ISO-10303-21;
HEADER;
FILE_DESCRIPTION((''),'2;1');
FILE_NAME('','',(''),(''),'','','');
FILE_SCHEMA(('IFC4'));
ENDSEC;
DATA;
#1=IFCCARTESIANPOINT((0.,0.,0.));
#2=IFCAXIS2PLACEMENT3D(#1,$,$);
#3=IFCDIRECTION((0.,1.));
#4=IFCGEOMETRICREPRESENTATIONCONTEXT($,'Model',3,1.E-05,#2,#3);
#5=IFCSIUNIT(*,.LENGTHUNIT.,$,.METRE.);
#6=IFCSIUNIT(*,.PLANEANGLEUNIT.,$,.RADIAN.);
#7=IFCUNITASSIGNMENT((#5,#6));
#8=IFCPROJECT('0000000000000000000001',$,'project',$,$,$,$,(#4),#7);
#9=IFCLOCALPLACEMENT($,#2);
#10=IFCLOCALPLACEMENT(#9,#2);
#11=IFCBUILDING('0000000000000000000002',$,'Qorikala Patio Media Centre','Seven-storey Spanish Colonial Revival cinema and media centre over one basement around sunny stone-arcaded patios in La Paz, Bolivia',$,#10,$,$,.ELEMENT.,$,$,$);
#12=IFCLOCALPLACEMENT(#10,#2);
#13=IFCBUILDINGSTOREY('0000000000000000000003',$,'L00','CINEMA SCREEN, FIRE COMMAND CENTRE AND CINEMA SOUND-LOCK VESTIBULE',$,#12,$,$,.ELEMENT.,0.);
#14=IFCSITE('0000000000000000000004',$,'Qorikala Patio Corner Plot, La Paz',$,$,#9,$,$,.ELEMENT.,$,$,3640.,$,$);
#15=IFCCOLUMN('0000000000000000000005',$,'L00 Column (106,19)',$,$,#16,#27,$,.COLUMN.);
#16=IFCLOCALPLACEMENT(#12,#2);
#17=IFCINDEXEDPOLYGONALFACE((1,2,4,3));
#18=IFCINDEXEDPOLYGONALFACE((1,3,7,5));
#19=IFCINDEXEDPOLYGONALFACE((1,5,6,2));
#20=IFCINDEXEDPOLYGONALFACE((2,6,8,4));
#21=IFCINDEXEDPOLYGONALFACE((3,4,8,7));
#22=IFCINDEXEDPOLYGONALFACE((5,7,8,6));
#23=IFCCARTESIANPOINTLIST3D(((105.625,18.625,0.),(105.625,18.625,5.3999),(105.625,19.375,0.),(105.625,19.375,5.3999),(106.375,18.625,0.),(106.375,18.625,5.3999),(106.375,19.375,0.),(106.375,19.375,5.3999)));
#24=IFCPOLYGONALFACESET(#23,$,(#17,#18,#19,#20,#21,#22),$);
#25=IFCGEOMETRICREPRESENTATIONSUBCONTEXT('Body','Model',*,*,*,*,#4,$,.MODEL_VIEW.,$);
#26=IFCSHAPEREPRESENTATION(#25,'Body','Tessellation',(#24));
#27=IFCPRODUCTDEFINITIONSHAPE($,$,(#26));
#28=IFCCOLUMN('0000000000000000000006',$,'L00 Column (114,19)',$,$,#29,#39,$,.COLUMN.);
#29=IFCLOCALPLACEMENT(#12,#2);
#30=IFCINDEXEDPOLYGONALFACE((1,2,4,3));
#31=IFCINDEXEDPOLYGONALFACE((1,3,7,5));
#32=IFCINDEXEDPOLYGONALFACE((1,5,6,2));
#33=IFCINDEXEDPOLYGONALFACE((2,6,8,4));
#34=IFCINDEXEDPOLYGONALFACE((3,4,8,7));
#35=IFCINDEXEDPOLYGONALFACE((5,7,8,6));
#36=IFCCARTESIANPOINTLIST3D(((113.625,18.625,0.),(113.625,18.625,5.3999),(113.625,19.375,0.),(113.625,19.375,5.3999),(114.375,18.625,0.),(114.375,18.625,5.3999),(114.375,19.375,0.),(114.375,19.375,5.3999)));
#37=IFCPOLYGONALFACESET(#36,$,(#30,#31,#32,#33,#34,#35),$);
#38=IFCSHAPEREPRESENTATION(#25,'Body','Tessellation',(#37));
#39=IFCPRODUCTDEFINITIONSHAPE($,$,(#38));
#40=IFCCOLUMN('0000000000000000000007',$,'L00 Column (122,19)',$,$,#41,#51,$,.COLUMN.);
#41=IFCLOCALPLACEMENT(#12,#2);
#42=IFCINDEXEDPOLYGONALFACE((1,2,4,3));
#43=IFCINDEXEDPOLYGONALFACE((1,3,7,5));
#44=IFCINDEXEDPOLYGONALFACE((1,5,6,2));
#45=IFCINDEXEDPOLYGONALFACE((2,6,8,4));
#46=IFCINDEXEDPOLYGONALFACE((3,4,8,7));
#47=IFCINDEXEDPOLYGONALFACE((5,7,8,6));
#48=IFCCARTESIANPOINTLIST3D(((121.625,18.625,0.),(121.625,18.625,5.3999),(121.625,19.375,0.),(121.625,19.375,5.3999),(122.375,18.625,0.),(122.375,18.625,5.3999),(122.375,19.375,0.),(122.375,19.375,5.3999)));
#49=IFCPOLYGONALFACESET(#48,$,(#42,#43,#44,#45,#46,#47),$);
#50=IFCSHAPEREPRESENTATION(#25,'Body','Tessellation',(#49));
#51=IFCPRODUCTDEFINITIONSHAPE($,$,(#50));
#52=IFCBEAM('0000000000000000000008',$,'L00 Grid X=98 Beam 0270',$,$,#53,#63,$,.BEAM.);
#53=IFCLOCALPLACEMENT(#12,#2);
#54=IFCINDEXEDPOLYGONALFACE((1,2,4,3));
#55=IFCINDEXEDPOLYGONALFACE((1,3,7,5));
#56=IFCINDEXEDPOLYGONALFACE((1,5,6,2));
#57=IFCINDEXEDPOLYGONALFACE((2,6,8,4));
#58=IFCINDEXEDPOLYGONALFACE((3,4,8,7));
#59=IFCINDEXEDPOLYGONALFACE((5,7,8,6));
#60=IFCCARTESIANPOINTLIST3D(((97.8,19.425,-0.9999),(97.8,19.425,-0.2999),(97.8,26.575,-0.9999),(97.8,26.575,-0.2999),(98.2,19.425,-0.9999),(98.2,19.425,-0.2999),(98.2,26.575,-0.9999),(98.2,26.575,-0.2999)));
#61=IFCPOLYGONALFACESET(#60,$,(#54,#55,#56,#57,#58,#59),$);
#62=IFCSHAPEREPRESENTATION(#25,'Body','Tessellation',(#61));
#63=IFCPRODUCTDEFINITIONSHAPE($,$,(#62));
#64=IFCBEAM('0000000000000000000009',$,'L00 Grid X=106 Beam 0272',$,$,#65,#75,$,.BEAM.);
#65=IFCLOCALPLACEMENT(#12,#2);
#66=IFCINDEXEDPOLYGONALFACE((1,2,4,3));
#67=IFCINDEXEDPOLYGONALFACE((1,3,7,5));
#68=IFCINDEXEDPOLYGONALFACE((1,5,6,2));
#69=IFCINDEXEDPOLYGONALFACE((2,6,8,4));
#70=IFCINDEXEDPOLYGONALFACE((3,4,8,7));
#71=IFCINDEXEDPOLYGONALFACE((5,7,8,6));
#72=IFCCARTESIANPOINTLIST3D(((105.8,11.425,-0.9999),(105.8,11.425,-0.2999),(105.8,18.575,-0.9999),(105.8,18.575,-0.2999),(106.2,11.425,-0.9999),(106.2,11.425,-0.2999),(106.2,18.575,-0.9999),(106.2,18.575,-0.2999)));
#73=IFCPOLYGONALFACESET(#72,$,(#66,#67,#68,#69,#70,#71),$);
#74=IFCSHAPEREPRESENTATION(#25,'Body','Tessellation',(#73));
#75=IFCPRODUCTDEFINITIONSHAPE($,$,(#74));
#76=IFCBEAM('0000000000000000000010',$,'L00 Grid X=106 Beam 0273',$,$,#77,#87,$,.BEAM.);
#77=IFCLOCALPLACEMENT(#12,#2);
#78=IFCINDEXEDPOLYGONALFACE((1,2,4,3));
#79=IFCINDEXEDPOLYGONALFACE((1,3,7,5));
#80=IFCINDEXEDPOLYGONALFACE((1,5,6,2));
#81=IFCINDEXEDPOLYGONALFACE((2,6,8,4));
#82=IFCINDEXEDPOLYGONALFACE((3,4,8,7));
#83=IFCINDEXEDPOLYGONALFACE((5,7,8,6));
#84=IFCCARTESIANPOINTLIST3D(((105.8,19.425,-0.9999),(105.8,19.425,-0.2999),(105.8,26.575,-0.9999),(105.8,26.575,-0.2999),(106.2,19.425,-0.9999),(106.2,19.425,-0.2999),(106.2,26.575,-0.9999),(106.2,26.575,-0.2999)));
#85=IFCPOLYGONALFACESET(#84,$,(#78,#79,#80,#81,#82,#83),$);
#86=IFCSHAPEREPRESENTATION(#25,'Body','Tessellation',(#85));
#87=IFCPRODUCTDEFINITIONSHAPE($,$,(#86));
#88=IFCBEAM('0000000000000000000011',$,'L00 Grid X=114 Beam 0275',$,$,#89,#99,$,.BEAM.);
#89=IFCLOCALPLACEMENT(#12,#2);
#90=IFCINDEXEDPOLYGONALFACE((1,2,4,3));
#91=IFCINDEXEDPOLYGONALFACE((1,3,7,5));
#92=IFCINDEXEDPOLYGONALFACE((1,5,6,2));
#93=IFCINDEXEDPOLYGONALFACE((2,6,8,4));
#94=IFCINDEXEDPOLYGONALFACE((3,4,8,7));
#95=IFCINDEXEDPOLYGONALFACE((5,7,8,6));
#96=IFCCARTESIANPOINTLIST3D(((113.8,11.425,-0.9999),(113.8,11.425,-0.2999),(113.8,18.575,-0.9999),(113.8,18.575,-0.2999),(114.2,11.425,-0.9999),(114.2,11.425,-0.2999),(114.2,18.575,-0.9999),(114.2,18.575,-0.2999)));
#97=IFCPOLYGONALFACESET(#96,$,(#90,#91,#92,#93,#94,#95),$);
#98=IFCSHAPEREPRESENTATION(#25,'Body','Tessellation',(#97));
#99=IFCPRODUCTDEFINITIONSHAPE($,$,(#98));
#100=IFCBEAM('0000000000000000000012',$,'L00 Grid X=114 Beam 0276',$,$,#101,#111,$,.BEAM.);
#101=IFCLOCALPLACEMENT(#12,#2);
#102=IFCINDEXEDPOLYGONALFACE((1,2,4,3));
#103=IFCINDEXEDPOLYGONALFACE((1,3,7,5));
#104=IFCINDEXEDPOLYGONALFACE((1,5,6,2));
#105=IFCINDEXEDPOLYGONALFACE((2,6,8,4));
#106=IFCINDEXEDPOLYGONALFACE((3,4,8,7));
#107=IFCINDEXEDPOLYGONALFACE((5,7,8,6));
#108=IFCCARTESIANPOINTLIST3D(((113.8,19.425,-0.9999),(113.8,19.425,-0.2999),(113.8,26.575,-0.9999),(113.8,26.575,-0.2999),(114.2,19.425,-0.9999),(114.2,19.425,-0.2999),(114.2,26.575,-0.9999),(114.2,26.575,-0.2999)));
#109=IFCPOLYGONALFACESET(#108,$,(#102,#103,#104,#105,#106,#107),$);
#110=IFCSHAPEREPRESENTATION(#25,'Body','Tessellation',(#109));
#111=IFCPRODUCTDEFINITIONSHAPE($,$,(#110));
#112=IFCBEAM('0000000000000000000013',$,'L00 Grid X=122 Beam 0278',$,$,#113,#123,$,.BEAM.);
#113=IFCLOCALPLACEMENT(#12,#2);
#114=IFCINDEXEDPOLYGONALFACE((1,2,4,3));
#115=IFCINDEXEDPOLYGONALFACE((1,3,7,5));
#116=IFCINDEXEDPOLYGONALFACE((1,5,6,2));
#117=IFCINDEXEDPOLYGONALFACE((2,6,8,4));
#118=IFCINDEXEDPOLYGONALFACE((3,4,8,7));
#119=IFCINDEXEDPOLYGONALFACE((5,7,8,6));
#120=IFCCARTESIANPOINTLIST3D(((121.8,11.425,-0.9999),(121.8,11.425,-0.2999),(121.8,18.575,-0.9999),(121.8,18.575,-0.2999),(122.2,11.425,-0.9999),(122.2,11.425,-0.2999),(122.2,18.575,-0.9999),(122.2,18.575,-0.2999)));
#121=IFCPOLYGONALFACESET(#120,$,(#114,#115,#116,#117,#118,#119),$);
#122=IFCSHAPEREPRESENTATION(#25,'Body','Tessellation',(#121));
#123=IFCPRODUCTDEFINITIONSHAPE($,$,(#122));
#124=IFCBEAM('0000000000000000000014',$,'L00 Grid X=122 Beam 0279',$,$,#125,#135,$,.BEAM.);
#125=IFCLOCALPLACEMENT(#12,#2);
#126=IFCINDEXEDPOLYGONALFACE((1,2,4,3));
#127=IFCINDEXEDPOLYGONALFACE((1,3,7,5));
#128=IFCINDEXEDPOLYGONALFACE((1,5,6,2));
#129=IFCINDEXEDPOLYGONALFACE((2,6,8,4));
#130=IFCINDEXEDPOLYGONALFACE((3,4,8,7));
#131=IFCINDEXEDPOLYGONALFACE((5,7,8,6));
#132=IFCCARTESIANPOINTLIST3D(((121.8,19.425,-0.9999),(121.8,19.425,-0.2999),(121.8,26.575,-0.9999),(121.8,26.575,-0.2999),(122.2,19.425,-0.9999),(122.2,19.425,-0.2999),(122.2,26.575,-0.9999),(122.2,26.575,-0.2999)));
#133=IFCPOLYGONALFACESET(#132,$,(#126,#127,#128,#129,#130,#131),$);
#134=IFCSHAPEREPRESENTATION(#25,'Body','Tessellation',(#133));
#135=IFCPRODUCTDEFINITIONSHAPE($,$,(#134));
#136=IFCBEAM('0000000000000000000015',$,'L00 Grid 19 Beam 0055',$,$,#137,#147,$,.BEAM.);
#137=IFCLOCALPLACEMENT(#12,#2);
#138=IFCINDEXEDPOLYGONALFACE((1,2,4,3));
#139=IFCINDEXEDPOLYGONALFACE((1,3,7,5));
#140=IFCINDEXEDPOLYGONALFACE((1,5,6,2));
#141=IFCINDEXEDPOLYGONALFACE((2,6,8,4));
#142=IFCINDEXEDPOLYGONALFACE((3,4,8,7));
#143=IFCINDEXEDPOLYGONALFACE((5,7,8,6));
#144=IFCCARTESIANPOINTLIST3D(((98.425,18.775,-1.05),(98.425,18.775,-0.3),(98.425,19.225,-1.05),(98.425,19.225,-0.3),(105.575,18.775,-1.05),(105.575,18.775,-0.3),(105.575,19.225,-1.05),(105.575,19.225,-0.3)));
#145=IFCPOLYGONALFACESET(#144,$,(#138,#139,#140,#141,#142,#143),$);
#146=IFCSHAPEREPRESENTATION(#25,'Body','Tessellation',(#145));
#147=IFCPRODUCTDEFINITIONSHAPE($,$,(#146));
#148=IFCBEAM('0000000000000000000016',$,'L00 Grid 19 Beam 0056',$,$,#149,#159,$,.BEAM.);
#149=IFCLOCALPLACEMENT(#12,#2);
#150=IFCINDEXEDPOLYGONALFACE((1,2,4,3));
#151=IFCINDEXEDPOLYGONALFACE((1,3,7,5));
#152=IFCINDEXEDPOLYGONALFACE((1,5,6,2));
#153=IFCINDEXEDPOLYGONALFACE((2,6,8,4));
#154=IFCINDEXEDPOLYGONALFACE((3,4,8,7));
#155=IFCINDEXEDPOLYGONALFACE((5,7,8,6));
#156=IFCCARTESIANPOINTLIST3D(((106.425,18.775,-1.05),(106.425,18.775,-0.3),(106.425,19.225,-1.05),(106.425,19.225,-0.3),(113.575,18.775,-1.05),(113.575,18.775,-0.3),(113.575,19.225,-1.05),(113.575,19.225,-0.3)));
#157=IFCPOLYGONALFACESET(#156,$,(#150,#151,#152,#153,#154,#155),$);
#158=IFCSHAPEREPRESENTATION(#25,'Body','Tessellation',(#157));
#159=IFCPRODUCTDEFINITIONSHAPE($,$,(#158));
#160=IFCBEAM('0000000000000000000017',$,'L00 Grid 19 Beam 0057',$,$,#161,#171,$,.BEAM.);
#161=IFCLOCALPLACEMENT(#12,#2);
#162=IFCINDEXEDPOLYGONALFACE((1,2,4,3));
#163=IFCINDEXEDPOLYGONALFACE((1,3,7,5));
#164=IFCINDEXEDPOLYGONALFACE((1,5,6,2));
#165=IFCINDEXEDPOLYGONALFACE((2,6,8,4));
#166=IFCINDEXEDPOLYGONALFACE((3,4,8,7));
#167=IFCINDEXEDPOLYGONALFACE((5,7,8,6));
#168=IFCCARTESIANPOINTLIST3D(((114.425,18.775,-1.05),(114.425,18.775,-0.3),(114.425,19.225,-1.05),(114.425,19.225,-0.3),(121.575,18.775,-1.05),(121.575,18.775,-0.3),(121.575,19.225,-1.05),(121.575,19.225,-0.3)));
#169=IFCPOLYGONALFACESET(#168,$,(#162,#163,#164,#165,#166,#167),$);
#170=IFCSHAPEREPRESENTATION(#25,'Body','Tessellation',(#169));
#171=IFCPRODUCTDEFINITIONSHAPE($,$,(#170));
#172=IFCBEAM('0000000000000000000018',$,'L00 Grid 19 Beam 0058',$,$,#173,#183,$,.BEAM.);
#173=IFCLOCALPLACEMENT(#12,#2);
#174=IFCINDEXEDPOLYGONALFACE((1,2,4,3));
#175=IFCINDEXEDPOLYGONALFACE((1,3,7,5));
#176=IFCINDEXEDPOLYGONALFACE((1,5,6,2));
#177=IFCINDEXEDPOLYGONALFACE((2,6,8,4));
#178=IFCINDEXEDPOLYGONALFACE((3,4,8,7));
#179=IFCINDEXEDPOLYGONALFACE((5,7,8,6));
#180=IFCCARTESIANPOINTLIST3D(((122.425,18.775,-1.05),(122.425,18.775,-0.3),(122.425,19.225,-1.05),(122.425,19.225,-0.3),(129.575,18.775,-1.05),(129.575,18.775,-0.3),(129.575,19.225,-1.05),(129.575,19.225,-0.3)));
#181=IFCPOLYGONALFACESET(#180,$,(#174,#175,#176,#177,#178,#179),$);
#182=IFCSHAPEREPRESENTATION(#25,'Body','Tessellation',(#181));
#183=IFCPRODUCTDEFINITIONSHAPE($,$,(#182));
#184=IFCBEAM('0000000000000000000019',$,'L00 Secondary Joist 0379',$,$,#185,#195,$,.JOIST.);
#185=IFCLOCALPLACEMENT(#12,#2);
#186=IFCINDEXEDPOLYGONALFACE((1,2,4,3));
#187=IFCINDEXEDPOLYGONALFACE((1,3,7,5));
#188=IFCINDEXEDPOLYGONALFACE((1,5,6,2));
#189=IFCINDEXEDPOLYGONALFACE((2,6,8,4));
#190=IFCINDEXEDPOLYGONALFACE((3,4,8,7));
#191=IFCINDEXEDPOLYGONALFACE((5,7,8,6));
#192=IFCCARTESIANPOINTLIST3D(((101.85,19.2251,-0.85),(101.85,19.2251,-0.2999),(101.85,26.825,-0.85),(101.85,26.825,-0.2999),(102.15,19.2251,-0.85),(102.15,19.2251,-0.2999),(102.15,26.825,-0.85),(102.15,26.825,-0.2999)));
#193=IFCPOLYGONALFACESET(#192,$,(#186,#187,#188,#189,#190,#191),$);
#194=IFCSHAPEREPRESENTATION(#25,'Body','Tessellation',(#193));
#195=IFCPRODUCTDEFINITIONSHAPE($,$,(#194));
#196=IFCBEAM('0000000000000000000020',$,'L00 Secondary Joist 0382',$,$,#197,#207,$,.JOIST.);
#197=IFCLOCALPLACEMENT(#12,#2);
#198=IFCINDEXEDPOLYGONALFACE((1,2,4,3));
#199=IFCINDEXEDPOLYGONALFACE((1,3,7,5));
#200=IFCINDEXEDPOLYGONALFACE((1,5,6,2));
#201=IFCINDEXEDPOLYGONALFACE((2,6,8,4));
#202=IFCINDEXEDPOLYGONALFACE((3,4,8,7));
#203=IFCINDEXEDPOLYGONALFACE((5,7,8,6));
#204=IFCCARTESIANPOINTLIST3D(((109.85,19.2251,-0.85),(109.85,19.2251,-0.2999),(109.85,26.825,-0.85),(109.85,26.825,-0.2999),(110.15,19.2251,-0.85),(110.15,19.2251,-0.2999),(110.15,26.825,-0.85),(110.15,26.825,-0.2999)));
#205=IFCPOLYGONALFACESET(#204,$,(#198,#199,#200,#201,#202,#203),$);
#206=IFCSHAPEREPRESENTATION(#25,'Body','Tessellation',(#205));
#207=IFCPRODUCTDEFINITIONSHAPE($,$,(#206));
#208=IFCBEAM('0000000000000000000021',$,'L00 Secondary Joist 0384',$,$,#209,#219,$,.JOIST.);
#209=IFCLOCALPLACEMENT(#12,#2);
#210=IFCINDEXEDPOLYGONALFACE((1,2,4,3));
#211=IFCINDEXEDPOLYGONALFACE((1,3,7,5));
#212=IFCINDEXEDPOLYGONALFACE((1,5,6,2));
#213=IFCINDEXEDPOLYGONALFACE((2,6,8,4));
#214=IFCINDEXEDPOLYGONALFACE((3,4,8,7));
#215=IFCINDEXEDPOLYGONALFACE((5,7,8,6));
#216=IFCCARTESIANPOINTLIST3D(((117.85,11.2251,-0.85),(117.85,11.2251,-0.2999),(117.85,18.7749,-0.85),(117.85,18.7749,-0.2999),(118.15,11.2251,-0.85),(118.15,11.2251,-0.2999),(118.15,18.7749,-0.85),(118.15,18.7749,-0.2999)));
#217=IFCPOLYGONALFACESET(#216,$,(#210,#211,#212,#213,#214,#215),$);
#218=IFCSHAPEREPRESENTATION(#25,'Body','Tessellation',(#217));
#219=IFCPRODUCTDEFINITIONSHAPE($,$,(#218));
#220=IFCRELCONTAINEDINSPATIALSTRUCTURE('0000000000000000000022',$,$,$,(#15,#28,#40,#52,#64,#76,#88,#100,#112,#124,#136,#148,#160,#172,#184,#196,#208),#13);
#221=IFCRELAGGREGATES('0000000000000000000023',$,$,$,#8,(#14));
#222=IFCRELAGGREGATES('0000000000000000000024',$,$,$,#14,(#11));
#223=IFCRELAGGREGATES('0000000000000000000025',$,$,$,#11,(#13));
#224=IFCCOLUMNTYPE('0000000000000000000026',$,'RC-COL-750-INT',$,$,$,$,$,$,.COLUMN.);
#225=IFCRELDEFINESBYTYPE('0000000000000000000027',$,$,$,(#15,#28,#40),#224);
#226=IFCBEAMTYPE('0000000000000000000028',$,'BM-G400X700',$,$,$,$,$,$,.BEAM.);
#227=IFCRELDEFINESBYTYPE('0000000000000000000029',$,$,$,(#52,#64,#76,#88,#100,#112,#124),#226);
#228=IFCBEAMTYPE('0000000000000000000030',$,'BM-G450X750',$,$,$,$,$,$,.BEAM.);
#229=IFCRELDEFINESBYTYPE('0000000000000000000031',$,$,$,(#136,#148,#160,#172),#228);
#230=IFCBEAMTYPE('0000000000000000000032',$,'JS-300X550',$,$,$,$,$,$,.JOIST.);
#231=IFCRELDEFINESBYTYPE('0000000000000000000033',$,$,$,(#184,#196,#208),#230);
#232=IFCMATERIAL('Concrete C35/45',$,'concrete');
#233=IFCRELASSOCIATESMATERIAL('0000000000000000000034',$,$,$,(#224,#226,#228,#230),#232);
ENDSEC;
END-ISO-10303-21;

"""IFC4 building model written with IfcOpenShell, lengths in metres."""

from ifc_helpers import new_model, si_unit, direction, frame, origin, origin_2d, place, context, subcontext, project, spatial, rectangle, extrude, material, material_profile, profile_set, type_object, element, save


model = new_model("IFC4")

# Units and contexts
model_context = context("Model", 3, precision=1e-05, world=origin(), true_north=direction((0.0, 1.0)))
body_context = subcontext(model_context, "Body", "Model", "MODEL_VIEW")
ifc_project = project(units=[si_unit("LENGTHUNIT", "METRE"), si_unit("PLANEANGLEUNIT", "RADIAN")], contexts=[model_context])

# Site, building, storey
site_placement = place(None, origin())
site = spatial("IfcSite", under=ifc_project, at=site_placement, Name="Qorikala Patio Corner Plot, La Paz", CompositionType="ELEMENT", RefElevation=3640.0)
building_placement = place(site_placement, origin())
building = spatial("IfcBuilding", under=site, at=building_placement, Name="Qorikala Patio Media Centre", Description="Seven-storey Spanish Colonial Revival cinema and media centre over one basement around sunny stone-arcaded patios in La Paz, Bolivia", CompositionType="ELEMENT")
storey_placement = place(building_placement, origin())
storey = spatial("IfcBuildingStorey", under=building, at=storey_placement, Name="L00", Description="CINEMA SCREEN, FIRE COMMAND CENTRE AND CINEMA SOUND-LOCK VESTIBULE", CompositionType="ELEMENT", Elevation=0.0)

# Columns
ifc_material_1 = material(Name="Concrete C35/45", Category="concrete")
ifc_material_profile_1 = material_profile(ifc_material_1, rectangle(XDim=0.75, YDim=0.75, at=origin_2d()), Name="RC 750x750")
ifc_profile_set_1 = profile_set([ifc_material_profile_1], Name="Concrete C35/45")
column_type = type_object("IfcColumnType", Name="RC-COL-750-INT", PredefinedType="COLUMN", material=ifc_profile_set_1)
for number, where, z_axis, x_axis, name in (
    (1, (106.0, 19.0, 0.0), (0.0, 0.0, 1.0), (1.0, 0.0, 0.0), "L00 Column (106,19)"),
    (2, (114.0, 19.0, 0.0), (0.0, 0.0, 1.0), (1.0, 0.0, 0.0), "L00 Column (114,19)"),
    (3, (122.0, 19.0, 0.0), (0.0, 0.0, 1.0), (1.0, 0.0, 0.0), "L00 Column (122,19)"),
):
    element("IfcColumn", number, at=place(storey_placement, frame(where, z_axis=z_axis, x_axis=x_axis)), inside=storey, type_object=column_type, Name=name, PredefinedType="COLUMN", context=body_context, shape_type="SweptSolid", body=[
        extrude(rectangle(XDim=0.75, YDim=0.75, at=origin_2d()), origin(), (0.0, 0.0, 1.0), 5.3999),
    ])

# Beams
ifc_material_profile_2 = material_profile(ifc_material_1, rectangle(XDim=0.3999, YDim=0.7, at=origin_2d()), Name="RC 400x700")
ifc_profile_set_2 = profile_set([ifc_material_profile_2], Name="Concrete C35/45")
beam_type_1 = type_object("IfcBeamType", Name="BM-G400X700", PredefinedType="BEAM", material=ifc_profile_set_2)
for number, where, z_axis, x_axis, name in (
    (4, (98.0, 19.425, -0.6499), (0.0, 1.0, 0.0), (-1.0, 0.0, 0.0), "L00 Grid X=98 Beam 0270"),
    (5, (106.0, 11.425, -0.6499), (0.0, 1.0, 0.0), (-1.0, 0.0, 0.0), "L00 Grid X=106 Beam 0272"),
    (6, (106.0, 19.425, -0.6499), (0.0, 1.0, 0.0), (-1.0, 0.0, 0.0), "L00 Grid X=106 Beam 0273"),
    (7, (114.0, 11.425, -0.6499), (0.0, 1.0, 0.0), (-1.0, 0.0, 0.0), "L00 Grid X=114 Beam 0275"),
    (8, (114.0, 19.425, -0.6499), (0.0, 1.0, 0.0), (-1.0, 0.0, 0.0), "L00 Grid X=114 Beam 0276"),
    (9, (122.0, 11.425, -0.6499), (0.0, 1.0, 0.0), (-1.0, 0.0, 0.0), "L00 Grid X=122 Beam 0278"),
    (10, (122.0, 19.425, -0.6499), (0.0, 1.0, 0.0), (-1.0, 0.0, 0.0), "L00 Grid X=122 Beam 0279"),
):
    element("IfcBeam", number, at=place(storey_placement, frame(where, z_axis=z_axis, x_axis=x_axis)), inside=storey, type_object=beam_type_1, Name=name, PredefinedType="BEAM", context=body_context, shape_type="SweptSolid", body=[
        extrude(rectangle(XDim=0.3999, YDim=0.7, at=origin_2d()), origin(), (0.0, 0.0, 1.0), 7.1499),
    ])
ifc_material_profile_3 = material_profile(ifc_material_1, rectangle(XDim=0.45, YDim=0.75, at=origin_2d()), Name="RC 450x750")
ifc_profile_set_3 = profile_set([ifc_material_profile_3], Name="Concrete C35/45")
beam_type_2 = type_object("IfcBeamType", Name="BM-G450X750", PredefinedType="BEAM", material=ifc_profile_set_3)
for number, where, z_axis, x_axis, name in (
    (11, (98.425, 19.0, -0.675), (1.0, 0.0, 0.0), (0.0, 1.0, 0.0), "L00 Grid 19 Beam 0055"),
    (12, (106.425, 19.0, -0.675), (1.0, 0.0, 0.0), (0.0, 1.0, 0.0), "L00 Grid 19 Beam 0056"),
    (13, (114.425, 19.0, -0.675), (1.0, 0.0, 0.0), (0.0, 1.0, 0.0), "L00 Grid 19 Beam 0057"),
    (14, (122.425, 19.0, -0.675), (1.0, 0.0, 0.0), (0.0, 1.0, 0.0), "L00 Grid 19 Beam 0058"),
):
    element("IfcBeam", number, at=place(storey_placement, frame(where, z_axis=z_axis, x_axis=x_axis)), inside=storey, type_object=beam_type_2, Name=name, PredefinedType="BEAM", context=body_context, shape_type="SweptSolid", body=[
        extrude(rectangle(XDim=0.45, YDim=0.75, at=origin_2d()), origin(), (0.0, 0.0, 1.0), 7.1499),
    ])
ifc_material_profile_4 = material_profile(ifc_material_1, rectangle(XDim=0.3, YDim=0.55, at=origin_2d()), Name="RC 300x550")
ifc_profile_set_4 = profile_set([ifc_material_profile_4], Name="Concrete C35/45")
beam_type_3 = type_object("IfcBeamType", Name="JS-300X550", PredefinedType="JOIST", material=ifc_profile_set_4)
for number, where, z_axis, x_axis, name in (
    (15, (102.0, 19.2251, -0.575), (0.0, 1.0, 0.0), (-1.0, 0.0, 0.0), "L00 Secondary Joist 0379"),
    (16, (110.0, 19.2251, -0.575), (0.0, 1.0, 0.0), (-1.0, 0.0, 0.0), "L00 Secondary Joist 0382"),
):
    element("IfcBeam", number, at=place(storey_placement, frame(where, z_axis=z_axis, x_axis=x_axis)), inside=storey, type_object=beam_type_3, Name=name, PredefinedType="JOIST", context=body_context, shape_type="SweptSolid", body=[
        extrude(rectangle(XDim=0.3, YDim=0.55, at=origin_2d()), origin(), (0.0, 0.0, 1.0), 7.5999),
    ])
beam_1_placement = place(storey_placement, frame((118.0, 11.2251, -0.575), z_axis=(0.0, 1.0, 0.0), x_axis=(-1.0, 0.0, 0.0)))
element("IfcBeam", 17, at=beam_1_placement, inside=storey, type_object=beam_type_3, Name="L00 Secondary Joist 0384", PredefinedType="JOIST", context=body_context, shape_type="SweptSolid", body=[
    extrude(rectangle(XDim=0.3, YDim=0.55, at=origin_2d()), origin(), (0.0, 0.0, 1.0), 7.5498),
])

save(model, "model.ifc")
